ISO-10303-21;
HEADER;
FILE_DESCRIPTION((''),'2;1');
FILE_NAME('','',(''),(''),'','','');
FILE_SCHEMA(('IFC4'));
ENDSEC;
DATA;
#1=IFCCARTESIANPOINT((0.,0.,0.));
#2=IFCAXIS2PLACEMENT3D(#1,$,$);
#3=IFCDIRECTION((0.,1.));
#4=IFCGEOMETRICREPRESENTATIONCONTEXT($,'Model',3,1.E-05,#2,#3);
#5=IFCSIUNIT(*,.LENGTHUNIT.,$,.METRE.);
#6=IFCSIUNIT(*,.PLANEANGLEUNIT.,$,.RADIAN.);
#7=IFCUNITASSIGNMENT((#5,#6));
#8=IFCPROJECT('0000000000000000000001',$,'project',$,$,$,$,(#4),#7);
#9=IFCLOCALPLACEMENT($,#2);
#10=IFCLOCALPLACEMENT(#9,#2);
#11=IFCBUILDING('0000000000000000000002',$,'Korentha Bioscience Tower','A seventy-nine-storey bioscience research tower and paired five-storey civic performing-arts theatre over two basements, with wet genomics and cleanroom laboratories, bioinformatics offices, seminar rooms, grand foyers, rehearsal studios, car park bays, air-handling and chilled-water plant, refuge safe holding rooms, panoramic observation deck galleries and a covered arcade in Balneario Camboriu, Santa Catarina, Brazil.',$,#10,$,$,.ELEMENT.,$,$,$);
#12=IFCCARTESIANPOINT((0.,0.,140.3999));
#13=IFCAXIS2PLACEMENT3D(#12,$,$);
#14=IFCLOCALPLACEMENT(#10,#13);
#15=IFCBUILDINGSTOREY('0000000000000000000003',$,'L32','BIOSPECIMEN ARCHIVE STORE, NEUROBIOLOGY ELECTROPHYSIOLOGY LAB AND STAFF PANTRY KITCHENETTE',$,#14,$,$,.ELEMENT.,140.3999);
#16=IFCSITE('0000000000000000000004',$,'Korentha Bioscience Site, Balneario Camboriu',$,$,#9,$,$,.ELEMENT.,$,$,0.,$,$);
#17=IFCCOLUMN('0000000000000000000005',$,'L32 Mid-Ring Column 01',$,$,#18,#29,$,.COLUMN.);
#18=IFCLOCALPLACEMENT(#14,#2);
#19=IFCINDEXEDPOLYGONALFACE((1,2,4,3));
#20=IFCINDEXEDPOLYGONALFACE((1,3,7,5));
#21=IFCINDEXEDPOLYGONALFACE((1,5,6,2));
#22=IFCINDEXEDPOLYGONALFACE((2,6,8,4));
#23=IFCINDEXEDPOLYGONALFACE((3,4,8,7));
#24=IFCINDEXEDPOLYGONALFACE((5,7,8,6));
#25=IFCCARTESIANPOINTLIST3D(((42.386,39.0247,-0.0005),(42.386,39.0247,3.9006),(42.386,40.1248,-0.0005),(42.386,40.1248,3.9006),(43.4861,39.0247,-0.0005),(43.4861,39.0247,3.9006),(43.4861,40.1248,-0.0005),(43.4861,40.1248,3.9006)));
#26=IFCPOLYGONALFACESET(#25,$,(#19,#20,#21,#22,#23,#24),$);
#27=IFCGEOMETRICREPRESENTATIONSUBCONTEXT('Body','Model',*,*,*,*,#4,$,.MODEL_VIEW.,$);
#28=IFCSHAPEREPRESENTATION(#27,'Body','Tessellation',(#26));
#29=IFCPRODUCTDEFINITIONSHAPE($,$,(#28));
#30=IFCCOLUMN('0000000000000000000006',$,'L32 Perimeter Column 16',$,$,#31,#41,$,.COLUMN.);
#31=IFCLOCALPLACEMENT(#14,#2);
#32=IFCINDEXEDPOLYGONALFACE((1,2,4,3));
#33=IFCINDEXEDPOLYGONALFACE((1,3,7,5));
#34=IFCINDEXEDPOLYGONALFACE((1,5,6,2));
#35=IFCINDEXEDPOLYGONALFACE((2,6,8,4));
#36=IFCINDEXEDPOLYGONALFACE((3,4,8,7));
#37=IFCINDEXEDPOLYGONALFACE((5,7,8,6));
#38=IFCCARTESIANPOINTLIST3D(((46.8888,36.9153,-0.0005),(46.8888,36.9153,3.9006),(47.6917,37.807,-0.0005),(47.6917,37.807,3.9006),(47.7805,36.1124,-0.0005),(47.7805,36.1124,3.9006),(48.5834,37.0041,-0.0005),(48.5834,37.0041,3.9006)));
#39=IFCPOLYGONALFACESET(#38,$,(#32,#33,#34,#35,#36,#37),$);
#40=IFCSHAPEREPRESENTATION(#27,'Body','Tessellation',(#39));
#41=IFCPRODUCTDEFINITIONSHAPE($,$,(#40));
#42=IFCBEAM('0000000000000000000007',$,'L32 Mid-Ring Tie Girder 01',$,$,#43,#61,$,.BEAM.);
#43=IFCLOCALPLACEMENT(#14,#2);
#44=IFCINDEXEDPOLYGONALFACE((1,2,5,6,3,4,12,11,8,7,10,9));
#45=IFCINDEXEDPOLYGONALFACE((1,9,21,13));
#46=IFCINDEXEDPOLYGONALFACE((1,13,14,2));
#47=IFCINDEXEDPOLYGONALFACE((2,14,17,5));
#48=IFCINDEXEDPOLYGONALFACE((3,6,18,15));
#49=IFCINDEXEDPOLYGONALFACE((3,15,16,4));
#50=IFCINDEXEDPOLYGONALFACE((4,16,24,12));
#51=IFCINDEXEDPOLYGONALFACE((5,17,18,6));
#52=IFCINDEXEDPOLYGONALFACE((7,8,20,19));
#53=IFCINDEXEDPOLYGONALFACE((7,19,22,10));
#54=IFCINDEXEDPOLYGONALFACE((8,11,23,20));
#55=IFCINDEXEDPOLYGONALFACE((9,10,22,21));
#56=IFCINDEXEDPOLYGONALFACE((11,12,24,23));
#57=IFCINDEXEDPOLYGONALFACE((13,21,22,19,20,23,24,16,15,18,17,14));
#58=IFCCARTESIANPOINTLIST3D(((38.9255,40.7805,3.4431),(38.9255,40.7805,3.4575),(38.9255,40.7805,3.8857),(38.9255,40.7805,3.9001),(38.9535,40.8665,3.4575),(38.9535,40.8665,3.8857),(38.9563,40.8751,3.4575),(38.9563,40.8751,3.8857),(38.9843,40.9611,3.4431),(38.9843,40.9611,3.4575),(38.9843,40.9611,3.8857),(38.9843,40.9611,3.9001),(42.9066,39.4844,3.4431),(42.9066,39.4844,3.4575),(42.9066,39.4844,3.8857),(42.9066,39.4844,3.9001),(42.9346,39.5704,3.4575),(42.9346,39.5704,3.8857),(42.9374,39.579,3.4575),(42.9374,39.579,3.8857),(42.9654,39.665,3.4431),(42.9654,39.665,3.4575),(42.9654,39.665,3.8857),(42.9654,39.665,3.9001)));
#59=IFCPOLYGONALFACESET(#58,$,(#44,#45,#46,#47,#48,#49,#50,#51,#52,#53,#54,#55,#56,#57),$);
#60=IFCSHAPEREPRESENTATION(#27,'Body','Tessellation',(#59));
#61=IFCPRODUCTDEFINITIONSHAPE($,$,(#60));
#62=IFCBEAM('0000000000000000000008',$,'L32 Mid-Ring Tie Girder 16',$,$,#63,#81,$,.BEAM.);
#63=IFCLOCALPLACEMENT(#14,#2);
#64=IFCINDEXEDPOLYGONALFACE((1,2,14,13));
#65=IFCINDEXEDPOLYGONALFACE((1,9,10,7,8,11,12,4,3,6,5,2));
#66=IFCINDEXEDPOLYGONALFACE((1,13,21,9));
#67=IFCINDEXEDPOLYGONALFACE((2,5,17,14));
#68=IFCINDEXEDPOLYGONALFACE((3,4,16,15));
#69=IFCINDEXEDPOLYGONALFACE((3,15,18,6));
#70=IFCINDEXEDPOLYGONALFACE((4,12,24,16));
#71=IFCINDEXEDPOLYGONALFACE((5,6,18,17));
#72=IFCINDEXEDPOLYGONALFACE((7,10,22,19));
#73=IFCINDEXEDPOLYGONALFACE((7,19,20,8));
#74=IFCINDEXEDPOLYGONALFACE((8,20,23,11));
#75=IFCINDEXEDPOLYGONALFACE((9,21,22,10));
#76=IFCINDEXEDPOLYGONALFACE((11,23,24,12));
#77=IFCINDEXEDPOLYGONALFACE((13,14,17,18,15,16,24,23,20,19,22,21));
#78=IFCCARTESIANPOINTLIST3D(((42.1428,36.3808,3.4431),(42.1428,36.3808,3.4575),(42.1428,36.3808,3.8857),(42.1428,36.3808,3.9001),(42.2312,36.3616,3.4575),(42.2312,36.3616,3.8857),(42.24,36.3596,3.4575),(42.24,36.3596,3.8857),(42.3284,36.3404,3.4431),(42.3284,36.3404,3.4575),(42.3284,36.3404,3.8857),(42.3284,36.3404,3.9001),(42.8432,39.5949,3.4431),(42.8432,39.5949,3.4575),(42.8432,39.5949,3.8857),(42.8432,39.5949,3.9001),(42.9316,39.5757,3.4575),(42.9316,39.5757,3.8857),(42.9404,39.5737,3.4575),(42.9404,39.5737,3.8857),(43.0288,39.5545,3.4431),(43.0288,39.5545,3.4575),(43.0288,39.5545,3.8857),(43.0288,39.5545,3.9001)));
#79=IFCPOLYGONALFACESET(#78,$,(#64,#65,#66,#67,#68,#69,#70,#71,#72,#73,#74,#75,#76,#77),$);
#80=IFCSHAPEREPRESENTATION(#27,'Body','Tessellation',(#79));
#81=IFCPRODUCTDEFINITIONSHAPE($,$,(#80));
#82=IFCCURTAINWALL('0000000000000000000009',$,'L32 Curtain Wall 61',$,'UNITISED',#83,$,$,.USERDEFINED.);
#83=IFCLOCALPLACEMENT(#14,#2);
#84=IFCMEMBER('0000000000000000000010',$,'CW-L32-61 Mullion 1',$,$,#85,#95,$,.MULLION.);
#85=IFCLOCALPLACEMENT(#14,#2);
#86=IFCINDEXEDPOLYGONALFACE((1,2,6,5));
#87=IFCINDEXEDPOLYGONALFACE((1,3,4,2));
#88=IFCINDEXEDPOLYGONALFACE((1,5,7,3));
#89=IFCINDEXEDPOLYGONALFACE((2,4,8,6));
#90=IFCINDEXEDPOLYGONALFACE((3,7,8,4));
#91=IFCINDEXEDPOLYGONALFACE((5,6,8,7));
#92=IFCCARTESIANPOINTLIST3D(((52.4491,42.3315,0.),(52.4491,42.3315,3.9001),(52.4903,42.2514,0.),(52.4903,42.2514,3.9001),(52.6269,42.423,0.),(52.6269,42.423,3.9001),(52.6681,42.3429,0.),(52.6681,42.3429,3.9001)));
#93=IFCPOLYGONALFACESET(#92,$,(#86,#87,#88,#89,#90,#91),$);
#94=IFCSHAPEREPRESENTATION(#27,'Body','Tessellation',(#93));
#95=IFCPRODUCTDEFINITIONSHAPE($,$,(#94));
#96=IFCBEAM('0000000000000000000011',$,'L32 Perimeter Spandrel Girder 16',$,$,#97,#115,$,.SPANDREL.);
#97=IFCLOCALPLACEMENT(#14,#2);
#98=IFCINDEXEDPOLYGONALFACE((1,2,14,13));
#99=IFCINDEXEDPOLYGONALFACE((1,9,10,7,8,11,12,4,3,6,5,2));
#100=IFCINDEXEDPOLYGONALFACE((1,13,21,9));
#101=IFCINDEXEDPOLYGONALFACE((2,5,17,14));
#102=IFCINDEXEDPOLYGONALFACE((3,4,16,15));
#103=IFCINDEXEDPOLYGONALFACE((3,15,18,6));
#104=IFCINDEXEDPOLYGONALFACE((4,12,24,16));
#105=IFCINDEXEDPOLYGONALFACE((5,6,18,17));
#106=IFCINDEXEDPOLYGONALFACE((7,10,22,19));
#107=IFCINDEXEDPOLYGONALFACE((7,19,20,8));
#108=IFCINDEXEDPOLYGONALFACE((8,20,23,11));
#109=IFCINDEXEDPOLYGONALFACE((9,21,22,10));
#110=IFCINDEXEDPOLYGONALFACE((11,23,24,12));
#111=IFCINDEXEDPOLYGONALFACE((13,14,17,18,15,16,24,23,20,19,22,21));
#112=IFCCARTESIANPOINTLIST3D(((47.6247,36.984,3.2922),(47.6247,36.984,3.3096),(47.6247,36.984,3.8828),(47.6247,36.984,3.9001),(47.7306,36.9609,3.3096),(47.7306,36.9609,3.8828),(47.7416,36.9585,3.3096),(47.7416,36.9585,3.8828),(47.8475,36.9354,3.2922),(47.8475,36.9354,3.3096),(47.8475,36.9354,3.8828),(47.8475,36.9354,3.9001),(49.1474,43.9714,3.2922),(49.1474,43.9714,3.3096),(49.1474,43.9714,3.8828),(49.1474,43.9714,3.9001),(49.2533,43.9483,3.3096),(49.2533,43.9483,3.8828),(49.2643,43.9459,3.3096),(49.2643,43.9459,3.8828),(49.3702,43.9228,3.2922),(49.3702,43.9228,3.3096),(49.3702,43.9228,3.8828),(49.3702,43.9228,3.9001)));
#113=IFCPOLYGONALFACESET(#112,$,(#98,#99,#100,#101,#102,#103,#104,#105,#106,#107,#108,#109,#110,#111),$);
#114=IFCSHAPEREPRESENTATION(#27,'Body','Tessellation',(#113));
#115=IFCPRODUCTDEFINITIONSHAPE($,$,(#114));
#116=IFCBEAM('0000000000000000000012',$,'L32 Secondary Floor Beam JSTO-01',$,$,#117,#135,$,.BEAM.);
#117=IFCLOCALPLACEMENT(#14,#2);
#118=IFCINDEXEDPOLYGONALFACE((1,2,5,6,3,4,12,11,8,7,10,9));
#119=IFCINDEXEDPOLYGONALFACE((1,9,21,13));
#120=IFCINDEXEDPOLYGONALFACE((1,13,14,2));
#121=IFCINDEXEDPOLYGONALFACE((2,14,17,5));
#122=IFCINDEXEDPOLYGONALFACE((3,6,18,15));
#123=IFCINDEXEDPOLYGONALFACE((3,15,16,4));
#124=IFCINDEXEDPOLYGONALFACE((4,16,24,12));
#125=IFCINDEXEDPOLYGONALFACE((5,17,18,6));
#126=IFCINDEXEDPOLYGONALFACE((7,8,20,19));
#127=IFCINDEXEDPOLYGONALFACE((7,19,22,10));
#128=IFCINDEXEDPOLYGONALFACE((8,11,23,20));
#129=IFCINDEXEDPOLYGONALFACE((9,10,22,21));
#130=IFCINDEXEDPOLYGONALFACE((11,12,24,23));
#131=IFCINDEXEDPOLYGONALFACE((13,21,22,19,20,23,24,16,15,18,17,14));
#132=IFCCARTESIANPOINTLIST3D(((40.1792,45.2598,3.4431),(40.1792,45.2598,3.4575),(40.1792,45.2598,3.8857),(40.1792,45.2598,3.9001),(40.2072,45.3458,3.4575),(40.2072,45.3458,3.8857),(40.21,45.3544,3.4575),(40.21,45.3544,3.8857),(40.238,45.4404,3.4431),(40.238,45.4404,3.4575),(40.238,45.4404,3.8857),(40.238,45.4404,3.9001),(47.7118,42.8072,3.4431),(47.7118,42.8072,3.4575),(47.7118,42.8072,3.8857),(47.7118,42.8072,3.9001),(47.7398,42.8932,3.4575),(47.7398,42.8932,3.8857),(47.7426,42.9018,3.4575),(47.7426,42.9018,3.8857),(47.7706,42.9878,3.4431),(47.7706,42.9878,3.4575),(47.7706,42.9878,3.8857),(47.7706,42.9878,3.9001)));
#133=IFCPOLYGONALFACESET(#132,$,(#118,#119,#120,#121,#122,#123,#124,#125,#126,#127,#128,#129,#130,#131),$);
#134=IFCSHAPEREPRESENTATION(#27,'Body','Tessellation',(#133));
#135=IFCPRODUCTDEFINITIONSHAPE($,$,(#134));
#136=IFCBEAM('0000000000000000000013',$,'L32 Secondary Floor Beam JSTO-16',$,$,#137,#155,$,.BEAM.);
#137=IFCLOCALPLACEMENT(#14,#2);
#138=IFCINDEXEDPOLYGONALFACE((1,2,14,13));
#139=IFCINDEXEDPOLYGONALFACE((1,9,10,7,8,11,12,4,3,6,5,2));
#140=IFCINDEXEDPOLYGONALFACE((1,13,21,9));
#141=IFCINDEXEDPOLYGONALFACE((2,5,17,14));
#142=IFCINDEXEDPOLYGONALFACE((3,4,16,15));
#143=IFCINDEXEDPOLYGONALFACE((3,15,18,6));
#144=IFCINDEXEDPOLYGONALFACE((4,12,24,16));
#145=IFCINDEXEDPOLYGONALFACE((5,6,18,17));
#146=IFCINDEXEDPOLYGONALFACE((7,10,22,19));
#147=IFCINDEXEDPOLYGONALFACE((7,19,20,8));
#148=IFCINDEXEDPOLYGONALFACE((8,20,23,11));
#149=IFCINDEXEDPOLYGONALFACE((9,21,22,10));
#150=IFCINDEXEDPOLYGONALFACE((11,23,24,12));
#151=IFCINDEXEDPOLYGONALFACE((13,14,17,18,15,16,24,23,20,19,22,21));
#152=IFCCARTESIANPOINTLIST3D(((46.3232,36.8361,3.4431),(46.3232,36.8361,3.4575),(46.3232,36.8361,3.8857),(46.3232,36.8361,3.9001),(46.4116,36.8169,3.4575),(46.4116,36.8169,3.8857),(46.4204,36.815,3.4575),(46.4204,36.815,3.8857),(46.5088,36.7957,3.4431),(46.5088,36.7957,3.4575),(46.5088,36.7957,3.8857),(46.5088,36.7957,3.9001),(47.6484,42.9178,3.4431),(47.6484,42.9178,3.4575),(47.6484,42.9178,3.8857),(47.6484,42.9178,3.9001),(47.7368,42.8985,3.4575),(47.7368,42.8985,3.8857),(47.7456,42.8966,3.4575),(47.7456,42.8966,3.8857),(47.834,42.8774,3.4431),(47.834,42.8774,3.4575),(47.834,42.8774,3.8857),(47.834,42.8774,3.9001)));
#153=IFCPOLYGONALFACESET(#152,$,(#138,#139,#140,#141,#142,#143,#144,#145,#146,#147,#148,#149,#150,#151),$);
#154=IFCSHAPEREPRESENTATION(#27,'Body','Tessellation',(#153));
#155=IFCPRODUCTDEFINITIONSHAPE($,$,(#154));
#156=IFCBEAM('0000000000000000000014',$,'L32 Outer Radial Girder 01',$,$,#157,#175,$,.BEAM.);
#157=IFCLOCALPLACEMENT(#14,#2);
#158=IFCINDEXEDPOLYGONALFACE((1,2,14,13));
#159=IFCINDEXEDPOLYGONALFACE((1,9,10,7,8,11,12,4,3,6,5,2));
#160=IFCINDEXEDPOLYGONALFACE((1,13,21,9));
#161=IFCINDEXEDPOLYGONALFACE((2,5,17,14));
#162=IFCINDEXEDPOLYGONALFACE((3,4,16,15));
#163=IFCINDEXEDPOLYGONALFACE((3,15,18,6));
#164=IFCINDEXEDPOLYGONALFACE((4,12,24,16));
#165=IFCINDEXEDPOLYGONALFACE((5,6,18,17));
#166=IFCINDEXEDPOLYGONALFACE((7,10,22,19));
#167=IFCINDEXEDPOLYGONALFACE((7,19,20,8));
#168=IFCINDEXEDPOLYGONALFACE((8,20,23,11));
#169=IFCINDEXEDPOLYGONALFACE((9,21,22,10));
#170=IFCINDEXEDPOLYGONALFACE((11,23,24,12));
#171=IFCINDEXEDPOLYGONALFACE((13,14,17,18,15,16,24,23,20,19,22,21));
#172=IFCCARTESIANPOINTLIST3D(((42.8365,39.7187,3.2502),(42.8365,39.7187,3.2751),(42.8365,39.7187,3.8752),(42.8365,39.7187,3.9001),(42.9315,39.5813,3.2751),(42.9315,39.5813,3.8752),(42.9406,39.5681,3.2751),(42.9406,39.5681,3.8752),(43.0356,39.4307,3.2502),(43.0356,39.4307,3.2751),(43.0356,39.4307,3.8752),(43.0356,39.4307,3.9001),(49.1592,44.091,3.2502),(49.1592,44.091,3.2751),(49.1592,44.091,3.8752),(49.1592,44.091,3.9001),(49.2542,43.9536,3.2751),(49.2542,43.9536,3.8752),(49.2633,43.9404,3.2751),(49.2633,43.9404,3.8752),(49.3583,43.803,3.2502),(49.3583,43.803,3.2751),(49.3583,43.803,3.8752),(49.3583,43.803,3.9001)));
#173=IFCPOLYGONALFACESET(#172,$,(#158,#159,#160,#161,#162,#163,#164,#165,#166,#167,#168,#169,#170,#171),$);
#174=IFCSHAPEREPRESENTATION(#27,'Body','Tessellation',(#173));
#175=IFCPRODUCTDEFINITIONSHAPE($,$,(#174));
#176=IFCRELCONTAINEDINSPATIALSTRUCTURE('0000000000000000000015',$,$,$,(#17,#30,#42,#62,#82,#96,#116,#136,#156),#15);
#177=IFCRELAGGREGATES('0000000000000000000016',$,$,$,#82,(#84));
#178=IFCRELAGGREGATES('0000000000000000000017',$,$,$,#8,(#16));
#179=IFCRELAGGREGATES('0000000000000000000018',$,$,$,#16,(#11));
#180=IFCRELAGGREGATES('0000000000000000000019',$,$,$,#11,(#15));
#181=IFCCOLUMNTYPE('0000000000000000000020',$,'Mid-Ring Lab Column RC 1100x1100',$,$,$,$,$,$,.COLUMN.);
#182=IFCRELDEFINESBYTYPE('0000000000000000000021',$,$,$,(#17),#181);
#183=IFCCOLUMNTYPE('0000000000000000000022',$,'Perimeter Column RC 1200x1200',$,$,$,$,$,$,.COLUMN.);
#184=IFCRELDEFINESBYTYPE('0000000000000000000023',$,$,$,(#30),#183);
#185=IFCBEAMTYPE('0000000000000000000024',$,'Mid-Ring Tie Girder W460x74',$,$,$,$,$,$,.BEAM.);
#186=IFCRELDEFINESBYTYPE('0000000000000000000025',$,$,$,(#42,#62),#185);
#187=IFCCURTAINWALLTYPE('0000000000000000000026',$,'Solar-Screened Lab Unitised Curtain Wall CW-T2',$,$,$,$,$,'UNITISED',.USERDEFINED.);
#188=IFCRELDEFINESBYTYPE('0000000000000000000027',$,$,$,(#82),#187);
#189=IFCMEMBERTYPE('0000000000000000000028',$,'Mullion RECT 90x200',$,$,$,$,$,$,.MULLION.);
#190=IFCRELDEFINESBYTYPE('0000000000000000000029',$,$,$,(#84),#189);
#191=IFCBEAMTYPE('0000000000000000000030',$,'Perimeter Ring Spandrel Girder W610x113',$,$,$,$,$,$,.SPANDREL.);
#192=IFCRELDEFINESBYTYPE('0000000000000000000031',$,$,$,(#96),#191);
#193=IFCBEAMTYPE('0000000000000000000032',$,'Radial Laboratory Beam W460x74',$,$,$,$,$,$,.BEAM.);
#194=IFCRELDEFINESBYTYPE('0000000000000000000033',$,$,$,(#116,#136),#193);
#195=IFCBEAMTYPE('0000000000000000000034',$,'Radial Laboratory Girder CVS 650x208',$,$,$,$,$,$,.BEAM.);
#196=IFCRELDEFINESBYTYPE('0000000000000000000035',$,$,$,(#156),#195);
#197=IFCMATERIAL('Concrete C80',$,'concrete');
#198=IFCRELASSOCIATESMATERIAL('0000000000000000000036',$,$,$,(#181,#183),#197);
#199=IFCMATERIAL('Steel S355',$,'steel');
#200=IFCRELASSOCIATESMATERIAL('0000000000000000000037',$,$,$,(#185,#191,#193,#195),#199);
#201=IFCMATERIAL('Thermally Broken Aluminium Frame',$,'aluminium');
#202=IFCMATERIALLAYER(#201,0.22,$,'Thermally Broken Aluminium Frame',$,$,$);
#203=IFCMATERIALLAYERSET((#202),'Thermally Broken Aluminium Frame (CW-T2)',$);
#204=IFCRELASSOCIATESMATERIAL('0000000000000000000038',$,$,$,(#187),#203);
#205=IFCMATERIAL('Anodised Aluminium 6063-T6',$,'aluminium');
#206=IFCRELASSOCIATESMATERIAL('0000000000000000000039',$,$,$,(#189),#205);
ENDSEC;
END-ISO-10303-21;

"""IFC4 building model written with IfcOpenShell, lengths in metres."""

from ifc_helpers import new_model, si_unit, direction, frame, origin, origin_2d, place, context, subcontext, project, spatial, rectangle, i_section, extrude, material, layer, layer_set, material_profile, profile_set, type_object, element, aggregate, save


model = new_model("IFC4")

# Units and contexts
model_context = context("Model", 3, precision=1e-05, world=origin(), true_north=direction((0.0, 1.0)))
body_context = subcontext(model_context, "Body", "Model", "MODEL_VIEW")
ifc_project = project(units=[si_unit("LENGTHUNIT", "METRE"), si_unit("PLANEANGLEUNIT", "RADIAN")], contexts=[model_context])

# Site, building, storey
site_placement = place(None, origin())
site = spatial("IfcSite", under=ifc_project, at=site_placement, Name="Korentha Bioscience Site, Balneario Camboriu", CompositionType="ELEMENT", RefElevation=0.0)
building_placement = place(site_placement, origin())
building = spatial("IfcBuilding", under=site, at=building_placement, Name="Korentha Bioscience Tower", Description="A seventy-nine-storey bioscience research tower and paired five-storey civic performing-arts theatre over two basements, with wet genomics and cleanroom laboratories, bioinformatics offices, seminar rooms, grand foyers, rehearsal studios, car park bays, air-handling and chilled-water plant, refuge safe holding rooms, panoramic observation deck galleries and a covered arcade in Balneario Camboriu, Santa Catarina, Brazil.", CompositionType="ELEMENT")
storey_placement = place(building_placement, frame((0.0, 0.0, 140.3999)))
storey = spatial("IfcBuildingStorey", under=building, at=storey_placement, Name="L32", Description="BIOSPECIMEN ARCHIVE STORE, NEUROBIOLOGY ELECTROPHYSIOLOGY LAB AND STAFF PANTRY KITCHENETTE", CompositionType="ELEMENT", Elevation=140.3999)

# Columns
ifc_material_1 = material(Name="Concrete C80", Category="concrete")
ifc_material_profile_1 = material_profile(ifc_material_1, rectangle(XDim=1.1001, YDim=1.1001, at=origin_2d()), Name="Concrete C80")
ifc_profile_set_1 = profile_set([ifc_material_profile_1], Name="Concrete C80 (COL-MR11)")
column_type_1 = type_object("IfcColumnType", Name="Mid-Ring Lab Column RC 1100x1100", PredefinedType="COLUMN", material=ifc_profile_set_1)
column_1_placement = place(storey_placement, frame((42.936, 39.5747, -0.0005), z_axis=(0.0, 0.0, 1.0), x_axis=(1.0, 0.0, 0.0)))
element("IfcColumn", 1, at=column_1_placement, inside=storey, type_object=column_type_1, Name="L32 Mid-Ring Column 01", PredefinedType="COLUMN", context=body_context, shape_type="SweptSolid", body=[
    extrude(rectangle(XDim=1.1001, YDim=1.1001, at=origin_2d()), origin(), (0.0, 0.0, 1.0), 3.9011),
])
ifc_material_profile_2 = material_profile(ifc_material_1, rectangle(XDim=1.2, YDim=1.2, at=origin_2d()), Name="Concrete C80")
ifc_profile_set_2 = profile_set([ifc_material_profile_2], Name="Concrete C80 (COL-P12)")
column_type_2 = type_object("IfcColumnType", Name="Perimeter Column RC 1200x1200", PredefinedType="COLUMN", material=ifc_profile_set_2)
column_2_placement = place(storey_placement, frame((47.7361, 36.9597, -0.0005), z_axis=(0.0, 0.0, 1.0), x_axis=(0.669131, 0.743145, 0.0)))
element("IfcColumn", 2, at=column_2_placement, inside=storey, type_object=column_type_2, Name="L32 Perimeter Column 16", PredefinedType="COLUMN", context=body_context, shape_type="SweptSolid", body=[
    extrude(rectangle(XDim=1.2, YDim=1.2, at=origin_2d()), origin(), (0.0, 0.0, 1.0), 3.9011),
])

# Beams
ifc_material_2 = material(Name="Steel S355", Category="steel")
ifc_material_profile_3 = material_profile(ifc_material_2, i_section(OverallWidth=0.1899, OverallDepth=0.457, WebThickness=0.009, FlangeThickness=0.0144, at=origin_2d()), Name="Steel S355")
ifc_profile_set_3 = profile_set([ifc_material_profile_3], Name="Steel S355 (MB-460)")
beam_type_1 = type_object("IfcBeamType", Name="Mid-Ring Tie Girder W460x74", PredefinedType="BEAM", material=ifc_profile_set_3)
beam_1_placement = place(storey_placement, frame((42.936, 39.5747, 3.6716), z_axis=(-0.950876, 0.309573, 0.0), x_axis=(-0.309573, -0.950876, 0.0)))
element("IfcBeam", 3, at=beam_1_placement, inside=storey, type_object=beam_type_1, Name="L32 Mid-Ring Tie Girder 01", PredefinedType="BEAM", context=body_context, shape_type="SweptSolid", body=[
    extrude(i_section(OverallWidth=0.1899, OverallDepth=0.457, WebThickness=0.009, FlangeThickness=0.0144, at=origin_2d()), origin(), (0.0, 0.0, 1.0), 4.1868),
])
beam_2_placement = place(storey_placement, frame((42.2356, 36.3606, 3.6716), z_axis=(0.212929, 0.977068, 0.0), x_axis=(-0.977068, 0.212929, 0.0)))
element("IfcBeam", 4, at=beam_2_placement, inside=storey, type_object=beam_type_1, Name="L32 Mid-Ring Tie Girder 16", PredefinedType="BEAM", context=body_context, shape_type="SweptSolid", body=[
    extrude(i_section(OverallWidth=0.1899, OverallDepth=0.457, WebThickness=0.009, FlangeThickness=0.0144, at=origin_2d()), origin(), (0.0, 0.0, 1.0), 3.2896),
])

# Curtain wall, member
ifc_material_3 = material(Name="Thermally Broken Aluminium Frame", Category="aluminium")
ifc_layer_1 = layer(ifc_material_3, 0.22, Name="Thermally Broken Aluminium Frame")
ifc_layer_set_1 = layer_set([ifc_layer_1], Name="Thermally Broken Aluminium Frame (CW-T2)")
curtain_wall_type = type_object("IfcCurtainWallType", Name="Solar-Screened Lab Unitised Curtain Wall CW-T2", ElementType="UNITISED", PredefinedType="USERDEFINED", material=ifc_layer_set_1)
curtain_wall_placement = place(storey_placement, origin())
curtain_wall = element("IfcCurtainWall", 5, at=curtain_wall_placement, inside=storey, type_object=curtain_wall_type, Name="L32 Curtain Wall 61", ObjectType="UNITISED", PredefinedType="USERDEFINED")
ifc_material_4 = material(Name="Anodised Aluminium 6063-T6", Category="aluminium")
ifc_material_profile_4 = material_profile(ifc_material_4, rectangle(XDim=0.0901, YDim=0.2, at=origin_2d()), Name="Anodised Aluminium 6063-T6")
ifc_profile_set_4 = profile_set([ifc_material_profile_4], Name="Anodised Aluminium 6063-T6 (CW-MUL)")
member_type_1 = type_object("IfcMemberType", Name="Mullion RECT 90x200", PredefinedType="MULLION", material=ifc_profile_set_4)
member_1_placement = place(storey_placement, frame((52.5586, 42.3372, 0.0), z_axis=(0.0, 0.0, 1.0), x_axis=(-0.457613, 0.889151, 0.0)))
member_1 = element("IfcMember", 6, at=member_1_placement, type_object=member_type_1, Name="CW-L32-61 Mullion 1", PredefinedType="MULLION", context=body_context, shape_type="SweptSolid", body=[
    extrude(rectangle(XDim=0.0901, YDim=0.2, at=origin_2d()), origin(), (0.0, 0.0, 1.0), 3.9001),
])

# Beams
ifc_material_profile_5 = material_profile(ifc_material_2, i_section(OverallWidth=0.228, OverallDepth=0.6079, WebThickness=0.0112, FlangeThickness=0.0173, at=origin_2d()), Name="Steel S355")
ifc_profile_set_5 = profile_set([ifc_material_profile_5], Name="Steel S355 (SB-610)")
beam_type_2 = type_object("IfcBeamType", Name="Perimeter Ring Spandrel Girder W610x113", PredefinedType="SPANDREL", material=ifc_profile_set_5)
beam_3_placement = place(storey_placement, frame((47.7361, 36.9597, 3.5962), z_axis=(0.212927, 0.977068, 0.0), x_axis=(-0.977068, 0.212927, 0.0)))
element("IfcBeam", 7, at=beam_3_placement, inside=storey, type_object=beam_type_2, Name="L32 Perimeter Spandrel Girder 16", PredefinedType="SPANDREL", context=body_context, shape_type="SweptSolid", body=[
    extrude(i_section(OverallWidth=0.228, OverallDepth=0.6079, WebThickness=0.0112, FlangeThickness=0.0173, at=origin_2d()), origin(), (0.0, 0.0, 1.0), 7.1514),
])
ifc_material_profile_6 = material_profile(ifc_material_2, i_section(OverallWidth=0.1899, OverallDepth=0.457, WebThickness=0.009, FlangeThickness=0.0144, at=origin_2d()), Name="Steel S355")
ifc_profile_set_6 = profile_set([ifc_material_profile_6], Name="Steel S355 (RB-460)")
beam_type_3 = type_object("IfcBeamType", Name="Radial Laboratory Beam W460x74", PredefinedType="BEAM", material=ifc_profile_set_6)
beam_4_placement = place(storey_placement, frame((47.7412, 42.8975, 3.6716), z_axis=(-0.950867, 0.3096, 0.0), x_axis=(-0.3096, -0.950867, 0.0)))
element("IfcBeam", 8, at=beam_4_placement, inside=storey, type_object=beam_type_3, Name="L32 Secondary Floor Beam JSTO-01", PredefinedType="BEAM", context=body_context, shape_type="SweptSolid", body=[
    extrude(i_section(OverallWidth=0.1899, OverallDepth=0.457, WebThickness=0.009, FlangeThickness=0.0144, at=origin_2d()), origin(), (0.0, 0.0, 1.0), 7.9219),
])
beam_5_placement = place(storey_placement, frame((46.416, 36.8159, 3.6716), z_axis=(0.212908, 0.977072, 0.0), x_axis=(-0.977072, 0.212908, 0.0)))
element("IfcBeam", 9, at=beam_5_placement, inside=storey, type_object=beam_type_3, Name="L32 Secondary Floor Beam JSTO-16", PredefinedType="BEAM", context=body_context, shape_type="SweptSolid", body=[
    extrude(i_section(OverallWidth=0.1899, OverallDepth=0.457, WebThickness=0.009, FlangeThickness=0.0144, at=origin_2d()), origin(), (0.0, 0.0, 1.0), 6.2244),
])
ifc_material_profile_7 = material_profile(ifc_material_2, i_section(OverallWidth=0.3501, OverallDepth=0.6499, WebThickness=0.0161, FlangeThickness=0.0249, at=origin_2d()), Name="Steel S355")
ifc_profile_set_7 = profile_set([ifc_material_profile_7], Name="Steel S355 (RB-650)")
beam_type_4 = type_object("IfcBeamType", Name="Radial Laboratory Girder CVS 650x208", PredefinedType="BEAM", material=ifc_profile_set_7)
beam_6_placement = place(storey_placement, frame((42.936, 39.5747, 3.5752), z_axis=(0.822495, 0.568772, 0.0), x_axis=(-0.568772, 0.822495, 0.0)))
element("IfcBeam", 10, at=beam_6_placement, inside=storey, type_object=beam_type_4, Name="L32 Outer Radial Girder 01", PredefinedType="BEAM", context=body_context, shape_type="SweptSolid", body=[
    extrude(i_section(OverallWidth=0.3501, OverallDepth=0.6499, WebThickness=0.0161, FlangeThickness=0.0249, at=origin_2d()), origin(), (0.0, 0.0, 1.0), 7.6873),
])

aggregate(curtain_wall, [member_1])

save(model, "model.ifc")
